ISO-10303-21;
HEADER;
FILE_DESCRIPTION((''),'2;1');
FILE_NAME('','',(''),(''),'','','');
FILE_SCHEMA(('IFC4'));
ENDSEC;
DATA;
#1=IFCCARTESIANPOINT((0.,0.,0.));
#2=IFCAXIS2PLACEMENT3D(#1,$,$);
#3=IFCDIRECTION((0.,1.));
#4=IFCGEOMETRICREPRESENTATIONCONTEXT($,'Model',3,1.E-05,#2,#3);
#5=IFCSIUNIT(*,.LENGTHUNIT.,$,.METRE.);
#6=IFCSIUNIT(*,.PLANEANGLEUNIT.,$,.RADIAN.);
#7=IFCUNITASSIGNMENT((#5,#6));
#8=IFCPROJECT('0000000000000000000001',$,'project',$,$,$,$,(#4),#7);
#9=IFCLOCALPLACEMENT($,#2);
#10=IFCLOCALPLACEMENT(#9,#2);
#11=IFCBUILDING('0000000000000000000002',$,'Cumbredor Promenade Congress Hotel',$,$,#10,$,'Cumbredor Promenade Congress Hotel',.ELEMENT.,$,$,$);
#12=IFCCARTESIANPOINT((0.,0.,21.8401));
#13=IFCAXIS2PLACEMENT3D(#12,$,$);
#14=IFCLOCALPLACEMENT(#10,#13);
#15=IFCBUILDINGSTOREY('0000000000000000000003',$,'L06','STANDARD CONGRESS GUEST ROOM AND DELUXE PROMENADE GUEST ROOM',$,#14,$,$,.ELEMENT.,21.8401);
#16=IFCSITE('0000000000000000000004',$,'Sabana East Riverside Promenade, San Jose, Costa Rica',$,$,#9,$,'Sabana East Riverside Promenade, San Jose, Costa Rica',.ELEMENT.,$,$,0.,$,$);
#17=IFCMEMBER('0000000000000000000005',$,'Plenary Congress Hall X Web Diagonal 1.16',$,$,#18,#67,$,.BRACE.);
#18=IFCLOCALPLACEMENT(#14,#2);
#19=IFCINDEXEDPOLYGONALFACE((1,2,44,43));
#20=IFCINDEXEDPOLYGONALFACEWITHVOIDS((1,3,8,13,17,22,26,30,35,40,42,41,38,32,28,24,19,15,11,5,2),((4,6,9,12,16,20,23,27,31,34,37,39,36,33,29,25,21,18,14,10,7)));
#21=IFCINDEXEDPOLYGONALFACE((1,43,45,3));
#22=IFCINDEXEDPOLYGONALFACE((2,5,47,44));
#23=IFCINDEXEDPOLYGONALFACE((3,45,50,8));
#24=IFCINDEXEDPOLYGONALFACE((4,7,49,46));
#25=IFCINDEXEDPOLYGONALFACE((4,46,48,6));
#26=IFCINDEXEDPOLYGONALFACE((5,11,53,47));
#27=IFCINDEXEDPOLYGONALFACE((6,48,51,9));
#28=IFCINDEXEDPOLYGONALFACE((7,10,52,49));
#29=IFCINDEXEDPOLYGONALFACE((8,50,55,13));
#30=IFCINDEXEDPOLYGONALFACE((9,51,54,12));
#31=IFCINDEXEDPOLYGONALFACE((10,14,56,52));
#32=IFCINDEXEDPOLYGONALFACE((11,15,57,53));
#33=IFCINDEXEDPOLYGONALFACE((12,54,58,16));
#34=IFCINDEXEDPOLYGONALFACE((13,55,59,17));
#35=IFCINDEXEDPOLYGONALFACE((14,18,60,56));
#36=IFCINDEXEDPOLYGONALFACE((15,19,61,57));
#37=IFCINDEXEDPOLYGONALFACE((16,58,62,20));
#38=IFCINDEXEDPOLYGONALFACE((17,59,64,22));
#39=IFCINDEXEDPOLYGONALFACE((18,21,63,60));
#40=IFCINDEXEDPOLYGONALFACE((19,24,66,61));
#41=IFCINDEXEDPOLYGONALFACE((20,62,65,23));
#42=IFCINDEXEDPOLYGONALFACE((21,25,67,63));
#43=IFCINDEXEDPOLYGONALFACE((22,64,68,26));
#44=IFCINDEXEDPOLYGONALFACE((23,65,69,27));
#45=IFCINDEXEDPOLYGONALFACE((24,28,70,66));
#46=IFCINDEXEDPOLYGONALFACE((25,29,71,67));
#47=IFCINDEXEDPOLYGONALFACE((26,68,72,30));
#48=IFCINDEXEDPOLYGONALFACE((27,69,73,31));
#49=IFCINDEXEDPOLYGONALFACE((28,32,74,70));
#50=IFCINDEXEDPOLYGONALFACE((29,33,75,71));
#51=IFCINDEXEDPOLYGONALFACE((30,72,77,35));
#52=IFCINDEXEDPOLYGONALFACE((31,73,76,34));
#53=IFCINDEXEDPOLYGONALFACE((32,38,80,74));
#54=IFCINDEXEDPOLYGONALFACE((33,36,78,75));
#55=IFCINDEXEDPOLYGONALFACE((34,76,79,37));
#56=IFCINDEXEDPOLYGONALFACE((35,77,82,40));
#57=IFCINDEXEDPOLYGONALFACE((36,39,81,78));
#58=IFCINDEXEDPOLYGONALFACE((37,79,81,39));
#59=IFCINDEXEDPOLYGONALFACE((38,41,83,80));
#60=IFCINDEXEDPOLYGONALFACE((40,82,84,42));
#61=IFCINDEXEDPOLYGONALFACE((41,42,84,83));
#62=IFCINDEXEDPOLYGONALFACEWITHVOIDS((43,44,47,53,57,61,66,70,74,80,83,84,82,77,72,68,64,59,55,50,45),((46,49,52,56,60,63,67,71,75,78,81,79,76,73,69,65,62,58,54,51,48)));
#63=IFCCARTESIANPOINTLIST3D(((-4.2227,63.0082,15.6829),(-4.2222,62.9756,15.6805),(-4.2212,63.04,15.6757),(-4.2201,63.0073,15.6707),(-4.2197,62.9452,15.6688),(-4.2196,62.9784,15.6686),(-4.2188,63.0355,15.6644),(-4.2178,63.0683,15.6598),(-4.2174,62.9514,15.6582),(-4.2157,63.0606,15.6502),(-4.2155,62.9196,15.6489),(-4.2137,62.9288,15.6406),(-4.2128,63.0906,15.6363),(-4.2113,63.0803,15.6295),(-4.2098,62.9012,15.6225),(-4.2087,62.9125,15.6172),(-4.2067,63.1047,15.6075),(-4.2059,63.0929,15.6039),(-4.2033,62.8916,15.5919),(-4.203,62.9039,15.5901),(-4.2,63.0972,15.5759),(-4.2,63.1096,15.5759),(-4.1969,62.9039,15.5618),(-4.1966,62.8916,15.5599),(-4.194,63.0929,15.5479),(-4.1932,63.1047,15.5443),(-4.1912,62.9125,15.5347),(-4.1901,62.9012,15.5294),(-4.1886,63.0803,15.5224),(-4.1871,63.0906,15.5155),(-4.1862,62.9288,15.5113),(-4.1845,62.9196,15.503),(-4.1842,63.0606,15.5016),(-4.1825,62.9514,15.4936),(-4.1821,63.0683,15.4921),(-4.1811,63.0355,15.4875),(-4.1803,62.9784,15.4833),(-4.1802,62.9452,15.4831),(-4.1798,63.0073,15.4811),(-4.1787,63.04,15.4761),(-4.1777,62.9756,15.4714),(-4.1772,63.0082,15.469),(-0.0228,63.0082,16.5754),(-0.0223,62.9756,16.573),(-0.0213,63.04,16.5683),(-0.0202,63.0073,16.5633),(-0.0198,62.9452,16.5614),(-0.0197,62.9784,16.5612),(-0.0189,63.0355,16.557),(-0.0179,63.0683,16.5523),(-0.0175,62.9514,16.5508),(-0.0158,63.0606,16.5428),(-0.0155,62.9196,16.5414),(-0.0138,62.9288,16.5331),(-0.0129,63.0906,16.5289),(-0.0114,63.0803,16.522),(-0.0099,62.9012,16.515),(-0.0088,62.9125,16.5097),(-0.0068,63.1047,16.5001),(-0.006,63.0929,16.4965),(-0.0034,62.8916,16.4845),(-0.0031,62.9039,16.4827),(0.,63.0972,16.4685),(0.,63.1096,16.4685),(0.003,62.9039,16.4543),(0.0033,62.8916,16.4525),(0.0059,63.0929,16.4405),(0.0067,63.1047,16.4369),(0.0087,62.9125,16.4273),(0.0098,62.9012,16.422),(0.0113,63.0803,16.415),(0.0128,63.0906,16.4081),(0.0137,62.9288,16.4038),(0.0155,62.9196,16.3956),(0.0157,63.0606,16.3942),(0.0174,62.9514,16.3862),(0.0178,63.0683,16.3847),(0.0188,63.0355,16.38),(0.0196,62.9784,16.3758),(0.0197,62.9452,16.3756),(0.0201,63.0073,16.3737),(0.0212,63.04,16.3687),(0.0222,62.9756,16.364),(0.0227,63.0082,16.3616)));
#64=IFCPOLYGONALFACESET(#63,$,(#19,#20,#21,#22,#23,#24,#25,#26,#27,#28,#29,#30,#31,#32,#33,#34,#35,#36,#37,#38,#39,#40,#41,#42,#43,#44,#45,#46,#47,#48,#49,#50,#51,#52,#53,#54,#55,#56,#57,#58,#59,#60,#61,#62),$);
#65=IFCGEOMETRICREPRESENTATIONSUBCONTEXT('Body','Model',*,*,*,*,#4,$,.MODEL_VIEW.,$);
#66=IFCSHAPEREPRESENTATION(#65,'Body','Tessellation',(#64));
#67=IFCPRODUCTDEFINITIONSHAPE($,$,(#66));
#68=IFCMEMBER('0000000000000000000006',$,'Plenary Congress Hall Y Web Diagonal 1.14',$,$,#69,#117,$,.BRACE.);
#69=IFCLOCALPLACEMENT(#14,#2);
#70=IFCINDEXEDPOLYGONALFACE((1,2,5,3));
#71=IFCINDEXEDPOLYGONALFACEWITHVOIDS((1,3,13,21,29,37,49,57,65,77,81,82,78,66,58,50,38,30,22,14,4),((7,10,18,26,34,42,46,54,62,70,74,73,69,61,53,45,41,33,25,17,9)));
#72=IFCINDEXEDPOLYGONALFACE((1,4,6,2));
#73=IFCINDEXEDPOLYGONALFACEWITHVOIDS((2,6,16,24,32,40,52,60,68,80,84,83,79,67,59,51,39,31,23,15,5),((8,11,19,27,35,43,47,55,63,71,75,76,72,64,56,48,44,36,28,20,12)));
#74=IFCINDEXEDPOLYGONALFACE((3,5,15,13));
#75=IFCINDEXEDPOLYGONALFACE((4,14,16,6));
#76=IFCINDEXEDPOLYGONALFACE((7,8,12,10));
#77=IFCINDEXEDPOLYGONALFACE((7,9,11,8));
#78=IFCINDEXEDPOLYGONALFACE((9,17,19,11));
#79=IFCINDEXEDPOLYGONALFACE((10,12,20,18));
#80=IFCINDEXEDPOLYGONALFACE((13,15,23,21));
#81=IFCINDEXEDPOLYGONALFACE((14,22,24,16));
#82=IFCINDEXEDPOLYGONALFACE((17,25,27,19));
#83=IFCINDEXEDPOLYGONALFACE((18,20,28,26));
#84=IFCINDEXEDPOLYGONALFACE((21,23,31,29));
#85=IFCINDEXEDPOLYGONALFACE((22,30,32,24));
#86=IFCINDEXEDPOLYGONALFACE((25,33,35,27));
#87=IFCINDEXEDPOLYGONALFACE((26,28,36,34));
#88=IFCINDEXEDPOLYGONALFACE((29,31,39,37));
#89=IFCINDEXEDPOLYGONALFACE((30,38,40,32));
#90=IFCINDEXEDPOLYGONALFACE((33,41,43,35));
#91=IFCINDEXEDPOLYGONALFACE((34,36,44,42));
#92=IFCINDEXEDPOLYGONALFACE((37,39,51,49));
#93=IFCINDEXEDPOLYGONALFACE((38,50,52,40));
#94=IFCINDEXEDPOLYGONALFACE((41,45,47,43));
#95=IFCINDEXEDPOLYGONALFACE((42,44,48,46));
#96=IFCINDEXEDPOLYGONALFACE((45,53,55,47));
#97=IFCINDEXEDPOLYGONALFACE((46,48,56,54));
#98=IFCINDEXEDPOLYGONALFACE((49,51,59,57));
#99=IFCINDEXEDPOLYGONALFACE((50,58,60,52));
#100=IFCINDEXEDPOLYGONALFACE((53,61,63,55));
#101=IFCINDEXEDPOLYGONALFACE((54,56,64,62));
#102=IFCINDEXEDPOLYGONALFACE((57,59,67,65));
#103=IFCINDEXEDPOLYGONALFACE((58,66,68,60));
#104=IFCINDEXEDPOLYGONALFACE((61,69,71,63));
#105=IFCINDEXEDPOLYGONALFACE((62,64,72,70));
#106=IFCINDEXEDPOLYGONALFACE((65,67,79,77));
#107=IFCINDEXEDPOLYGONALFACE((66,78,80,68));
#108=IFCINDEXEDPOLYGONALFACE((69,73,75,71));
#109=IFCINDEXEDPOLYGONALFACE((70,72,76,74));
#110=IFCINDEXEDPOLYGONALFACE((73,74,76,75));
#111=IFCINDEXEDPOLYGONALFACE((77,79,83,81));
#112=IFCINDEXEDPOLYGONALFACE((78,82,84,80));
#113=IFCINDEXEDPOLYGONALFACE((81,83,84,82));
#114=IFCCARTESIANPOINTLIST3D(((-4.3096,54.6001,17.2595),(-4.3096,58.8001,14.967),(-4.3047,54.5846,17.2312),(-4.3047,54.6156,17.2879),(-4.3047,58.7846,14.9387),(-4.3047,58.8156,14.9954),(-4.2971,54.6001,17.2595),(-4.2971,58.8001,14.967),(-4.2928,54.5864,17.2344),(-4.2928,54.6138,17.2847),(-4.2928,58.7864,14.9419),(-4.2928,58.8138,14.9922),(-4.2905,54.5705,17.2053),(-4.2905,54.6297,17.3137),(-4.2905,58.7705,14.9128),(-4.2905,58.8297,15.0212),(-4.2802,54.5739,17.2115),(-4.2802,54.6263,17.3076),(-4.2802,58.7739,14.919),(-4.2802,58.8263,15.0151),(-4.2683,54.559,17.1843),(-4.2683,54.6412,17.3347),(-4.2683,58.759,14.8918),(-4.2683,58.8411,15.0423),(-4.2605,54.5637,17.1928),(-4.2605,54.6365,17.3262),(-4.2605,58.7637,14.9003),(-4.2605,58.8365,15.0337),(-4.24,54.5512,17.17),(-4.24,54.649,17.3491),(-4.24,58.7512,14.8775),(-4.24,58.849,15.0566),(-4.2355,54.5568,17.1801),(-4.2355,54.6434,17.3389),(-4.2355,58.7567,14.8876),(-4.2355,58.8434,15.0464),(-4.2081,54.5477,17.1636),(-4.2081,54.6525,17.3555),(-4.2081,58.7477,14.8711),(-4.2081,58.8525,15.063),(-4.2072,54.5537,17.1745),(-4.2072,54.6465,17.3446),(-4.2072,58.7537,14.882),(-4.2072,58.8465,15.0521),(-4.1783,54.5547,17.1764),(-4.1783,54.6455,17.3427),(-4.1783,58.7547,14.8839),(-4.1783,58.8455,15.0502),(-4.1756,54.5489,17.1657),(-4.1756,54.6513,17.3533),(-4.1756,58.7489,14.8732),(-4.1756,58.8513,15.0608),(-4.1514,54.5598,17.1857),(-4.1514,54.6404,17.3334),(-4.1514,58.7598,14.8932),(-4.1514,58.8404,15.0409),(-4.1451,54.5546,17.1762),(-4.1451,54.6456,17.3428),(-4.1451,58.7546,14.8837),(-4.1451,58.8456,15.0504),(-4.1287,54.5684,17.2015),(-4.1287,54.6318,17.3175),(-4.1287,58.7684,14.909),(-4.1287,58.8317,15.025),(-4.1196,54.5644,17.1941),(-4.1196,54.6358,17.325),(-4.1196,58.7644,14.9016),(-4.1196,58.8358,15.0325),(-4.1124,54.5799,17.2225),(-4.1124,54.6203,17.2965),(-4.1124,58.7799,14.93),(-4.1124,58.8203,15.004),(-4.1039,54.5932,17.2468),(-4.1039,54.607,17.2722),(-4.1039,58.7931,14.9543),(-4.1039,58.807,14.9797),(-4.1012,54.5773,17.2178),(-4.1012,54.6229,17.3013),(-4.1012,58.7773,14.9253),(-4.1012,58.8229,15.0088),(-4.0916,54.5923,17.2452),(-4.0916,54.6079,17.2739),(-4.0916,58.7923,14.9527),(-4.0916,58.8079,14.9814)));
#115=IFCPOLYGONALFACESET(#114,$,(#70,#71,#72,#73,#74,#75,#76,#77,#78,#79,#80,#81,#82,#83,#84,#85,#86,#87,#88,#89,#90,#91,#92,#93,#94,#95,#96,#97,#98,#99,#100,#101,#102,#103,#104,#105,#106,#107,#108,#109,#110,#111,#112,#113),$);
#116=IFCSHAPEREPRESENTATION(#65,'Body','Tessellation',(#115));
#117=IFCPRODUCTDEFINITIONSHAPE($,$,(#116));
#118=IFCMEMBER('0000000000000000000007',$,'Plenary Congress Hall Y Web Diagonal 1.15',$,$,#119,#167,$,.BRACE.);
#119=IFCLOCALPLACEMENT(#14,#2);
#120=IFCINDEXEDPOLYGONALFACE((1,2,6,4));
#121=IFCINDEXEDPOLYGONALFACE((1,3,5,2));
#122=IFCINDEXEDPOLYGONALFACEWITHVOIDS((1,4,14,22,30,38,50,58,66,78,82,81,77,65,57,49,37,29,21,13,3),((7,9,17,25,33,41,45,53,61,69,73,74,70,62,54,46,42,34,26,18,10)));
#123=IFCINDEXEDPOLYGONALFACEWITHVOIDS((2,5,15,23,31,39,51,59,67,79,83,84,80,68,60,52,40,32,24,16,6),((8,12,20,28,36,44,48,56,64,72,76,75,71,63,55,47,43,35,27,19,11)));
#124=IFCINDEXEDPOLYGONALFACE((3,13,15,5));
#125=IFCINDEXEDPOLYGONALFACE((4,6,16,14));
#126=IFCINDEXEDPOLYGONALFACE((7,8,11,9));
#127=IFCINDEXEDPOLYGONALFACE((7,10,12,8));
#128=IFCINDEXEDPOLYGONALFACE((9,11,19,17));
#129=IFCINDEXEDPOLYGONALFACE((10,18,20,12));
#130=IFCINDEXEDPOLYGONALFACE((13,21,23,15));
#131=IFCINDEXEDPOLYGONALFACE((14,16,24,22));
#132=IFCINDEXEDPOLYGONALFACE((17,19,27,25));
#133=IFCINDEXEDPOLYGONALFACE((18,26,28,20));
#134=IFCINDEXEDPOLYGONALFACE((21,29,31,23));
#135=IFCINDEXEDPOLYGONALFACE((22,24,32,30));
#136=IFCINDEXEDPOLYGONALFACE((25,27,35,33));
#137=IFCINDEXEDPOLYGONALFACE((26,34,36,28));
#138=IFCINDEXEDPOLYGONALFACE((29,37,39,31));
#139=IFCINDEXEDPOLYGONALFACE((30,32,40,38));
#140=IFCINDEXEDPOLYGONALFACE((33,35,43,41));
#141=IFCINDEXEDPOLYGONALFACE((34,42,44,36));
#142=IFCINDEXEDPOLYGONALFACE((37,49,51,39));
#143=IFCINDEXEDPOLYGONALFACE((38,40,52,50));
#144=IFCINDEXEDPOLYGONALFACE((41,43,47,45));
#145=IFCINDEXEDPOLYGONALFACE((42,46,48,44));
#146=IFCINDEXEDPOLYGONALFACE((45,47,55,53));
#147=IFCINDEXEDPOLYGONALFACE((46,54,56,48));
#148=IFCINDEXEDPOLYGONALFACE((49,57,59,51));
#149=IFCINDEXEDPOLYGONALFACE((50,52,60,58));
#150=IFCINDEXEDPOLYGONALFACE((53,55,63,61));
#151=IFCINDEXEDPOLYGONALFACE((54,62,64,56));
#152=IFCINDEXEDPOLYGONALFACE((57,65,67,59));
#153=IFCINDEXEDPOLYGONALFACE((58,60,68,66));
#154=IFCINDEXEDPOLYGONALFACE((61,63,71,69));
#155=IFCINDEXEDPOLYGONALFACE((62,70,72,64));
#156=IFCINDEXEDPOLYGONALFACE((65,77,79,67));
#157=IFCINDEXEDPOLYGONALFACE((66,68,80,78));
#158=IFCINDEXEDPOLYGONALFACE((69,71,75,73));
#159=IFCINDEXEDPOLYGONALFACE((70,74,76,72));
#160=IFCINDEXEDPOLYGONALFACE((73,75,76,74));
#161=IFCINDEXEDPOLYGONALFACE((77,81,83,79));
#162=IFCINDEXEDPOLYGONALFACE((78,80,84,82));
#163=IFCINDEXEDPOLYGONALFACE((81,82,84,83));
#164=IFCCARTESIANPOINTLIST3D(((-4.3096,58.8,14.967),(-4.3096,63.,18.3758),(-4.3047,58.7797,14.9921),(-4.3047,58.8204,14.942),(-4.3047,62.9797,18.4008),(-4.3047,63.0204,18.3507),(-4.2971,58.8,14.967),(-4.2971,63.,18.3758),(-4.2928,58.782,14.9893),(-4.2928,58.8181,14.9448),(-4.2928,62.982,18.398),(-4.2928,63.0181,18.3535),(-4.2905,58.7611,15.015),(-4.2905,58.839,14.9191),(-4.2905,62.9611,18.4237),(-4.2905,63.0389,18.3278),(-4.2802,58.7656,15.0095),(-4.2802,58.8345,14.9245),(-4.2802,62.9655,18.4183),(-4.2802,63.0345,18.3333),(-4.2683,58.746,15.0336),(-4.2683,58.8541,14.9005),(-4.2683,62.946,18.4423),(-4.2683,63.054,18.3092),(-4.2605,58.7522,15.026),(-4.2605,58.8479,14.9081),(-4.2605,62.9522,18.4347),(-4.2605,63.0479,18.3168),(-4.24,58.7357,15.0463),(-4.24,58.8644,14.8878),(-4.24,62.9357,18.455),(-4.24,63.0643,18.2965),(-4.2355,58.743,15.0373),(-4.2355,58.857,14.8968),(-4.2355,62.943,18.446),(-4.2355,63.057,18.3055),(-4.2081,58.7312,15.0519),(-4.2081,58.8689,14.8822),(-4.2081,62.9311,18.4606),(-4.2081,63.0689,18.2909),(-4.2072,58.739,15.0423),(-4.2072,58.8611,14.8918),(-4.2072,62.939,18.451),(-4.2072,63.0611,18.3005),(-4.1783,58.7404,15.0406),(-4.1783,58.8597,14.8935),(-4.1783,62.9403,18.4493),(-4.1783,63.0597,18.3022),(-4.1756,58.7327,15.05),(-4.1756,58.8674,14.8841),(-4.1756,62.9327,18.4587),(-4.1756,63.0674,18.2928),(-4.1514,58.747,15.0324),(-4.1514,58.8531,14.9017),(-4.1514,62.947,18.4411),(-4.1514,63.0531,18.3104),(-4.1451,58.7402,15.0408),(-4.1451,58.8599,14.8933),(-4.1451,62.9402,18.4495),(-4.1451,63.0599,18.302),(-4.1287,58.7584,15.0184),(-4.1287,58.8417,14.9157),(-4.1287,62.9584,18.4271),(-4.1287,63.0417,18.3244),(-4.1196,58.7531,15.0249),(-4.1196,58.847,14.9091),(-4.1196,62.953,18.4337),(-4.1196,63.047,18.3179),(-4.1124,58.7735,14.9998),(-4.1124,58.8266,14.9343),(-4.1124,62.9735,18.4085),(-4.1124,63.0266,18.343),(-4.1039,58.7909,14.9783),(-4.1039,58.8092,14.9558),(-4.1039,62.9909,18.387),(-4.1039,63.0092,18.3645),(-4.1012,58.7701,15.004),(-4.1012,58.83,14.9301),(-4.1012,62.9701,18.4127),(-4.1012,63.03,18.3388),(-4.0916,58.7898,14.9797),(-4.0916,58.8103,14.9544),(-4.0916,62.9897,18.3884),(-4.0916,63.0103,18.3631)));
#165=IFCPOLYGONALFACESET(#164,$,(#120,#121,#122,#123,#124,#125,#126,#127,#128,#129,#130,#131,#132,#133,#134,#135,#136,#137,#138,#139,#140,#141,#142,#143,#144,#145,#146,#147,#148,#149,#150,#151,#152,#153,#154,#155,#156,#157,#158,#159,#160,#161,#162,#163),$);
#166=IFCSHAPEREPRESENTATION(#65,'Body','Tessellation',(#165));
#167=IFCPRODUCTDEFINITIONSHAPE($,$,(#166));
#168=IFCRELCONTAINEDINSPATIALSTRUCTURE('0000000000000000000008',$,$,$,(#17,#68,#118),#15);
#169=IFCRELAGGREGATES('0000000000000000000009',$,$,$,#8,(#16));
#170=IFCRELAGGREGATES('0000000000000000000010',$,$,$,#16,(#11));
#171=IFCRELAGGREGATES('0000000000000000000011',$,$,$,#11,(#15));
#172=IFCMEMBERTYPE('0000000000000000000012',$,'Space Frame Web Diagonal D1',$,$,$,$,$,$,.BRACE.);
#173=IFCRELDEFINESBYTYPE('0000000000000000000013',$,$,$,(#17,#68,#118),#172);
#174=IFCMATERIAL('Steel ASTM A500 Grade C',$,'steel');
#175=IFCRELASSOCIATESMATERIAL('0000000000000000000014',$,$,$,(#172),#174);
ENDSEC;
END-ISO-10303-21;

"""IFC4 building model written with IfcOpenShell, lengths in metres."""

from ifc_helpers import new_model, si_unit, direction, frame, origin, origin_2d, place, context, subcontext, project, spatial, hollow_circle, extrude, material, material_profile, profile_set, type_object, element, save


model = new_model("IFC4")

# Units and contexts
model_context = context("Model", 3, precision=1e-05, world=origin(), true_north=direction((0.0, 1.0)))
body_context = subcontext(model_context, "Body", "Model", "MODEL_VIEW")
ifc_project = project(units=[si_unit("LENGTHUNIT", "METRE"), si_unit("PLANEANGLEUNIT", "RADIAN")], contexts=[model_context])

# Site, building, storey
site_placement = place(None, origin())
site = spatial("IfcSite", under=ifc_project, at=site_placement, Name="Sabana East Riverside Promenade, San Jose, Costa Rica", LongName="Sabana East Riverside Promenade, San Jose, Costa Rica", CompositionType="ELEMENT", RefElevation=0.0)
building_placement = place(site_placement, origin())
building = spatial("IfcBuilding", under=site, at=building_placement, Name="Cumbredor Promenade Congress Hotel", LongName="Cumbredor Promenade Congress Hotel", CompositionType="ELEMENT")
storey_placement = place(building_placement, frame((0.0, 0.0, 21.8401)))
storey = spatial("IfcBuildingStorey", under=building, at=storey_placement, Name="L06", Description="STANDARD CONGRESS GUEST ROOM AND DELUXE PROMENADE GUEST ROOM", CompositionType="ELEMENT", Elevation=21.8401)

# Members
ifc_material_1 = material(Name="Steel ASTM A500 Grade C", Category="steel")
ifc_material_profile_1 = material_profile(ifc_material_1, hollow_circle(Radius=0.1096, WallThickness=0.0125, at=origin_2d()), Name="CHS 219.1x12.5")
ifc_profile_set_1 = profile_set([ifc_material_profile_1], Name="Steel ASTM A500 Grade C")
member_type_1 = type_object("IfcMemberType", Name="Space Frame Web Diagonal D1", PredefinedType="BRACE", material=ifc_profile_set_1)
member_1_placement = place(storey_placement, frame((-4.2, 63.0, 15.5759), z_axis=(0.978155, 0.0, 0.207878), x_axis=(0.0, 1.0, 0.0)))
element("IfcMember", 1, at=member_1_placement, inside=storey, type_object=member_type_1, Name="Plenary Congress Hall X Web Diagonal 1.16", PredefinedType="BRACE", context=body_context, shape_type="SweptSolid", body=[
    extrude(hollow_circle(Radius=0.1096, WallThickness=0.0125, at=origin_2d()), origin(), (0.0, 0.0, 1.0), 4.2937),
])
member_2_placement = place(storey_placement, frame((-4.2, 54.6001, 17.2595), z_axis=(0.0, 0.877755, -0.47911), x_axis=(-1.0, 0.0, 0.0)))
element("IfcMember", 2, at=member_2_placement, inside=storey, type_object=member_type_1, Name="Plenary Congress Hall Y Web Diagonal 1.14", PredefinedType="BRACE", context=body_context, shape_type="SweptSolid", body=[
    extrude(hollow_circle(Radius=0.1096, WallThickness=0.0125, at=origin_2d()), origin(), (0.0, 0.0, 1.0), 4.7849),
])
member_3_placement = place(storey_placement, frame((-4.2, 58.8, 14.967), z_axis=(0.0, 0.776455, 0.630173), x_axis=(-1.0, 0.0, 0.0)))
element("IfcMember", 3, at=member_3_placement, inside=storey, type_object=member_type_1, Name="Plenary Congress Hall Y Web Diagonal 1.15", PredefinedType="BRACE", context=body_context, shape_type="SweptSolid", body=[
    extrude(hollow_circle(Radius=0.1096, WallThickness=0.0125, at=origin_2d()), origin(), (0.0, 0.0, 1.0), 5.4092),
])

save(model, "model.ifc")
